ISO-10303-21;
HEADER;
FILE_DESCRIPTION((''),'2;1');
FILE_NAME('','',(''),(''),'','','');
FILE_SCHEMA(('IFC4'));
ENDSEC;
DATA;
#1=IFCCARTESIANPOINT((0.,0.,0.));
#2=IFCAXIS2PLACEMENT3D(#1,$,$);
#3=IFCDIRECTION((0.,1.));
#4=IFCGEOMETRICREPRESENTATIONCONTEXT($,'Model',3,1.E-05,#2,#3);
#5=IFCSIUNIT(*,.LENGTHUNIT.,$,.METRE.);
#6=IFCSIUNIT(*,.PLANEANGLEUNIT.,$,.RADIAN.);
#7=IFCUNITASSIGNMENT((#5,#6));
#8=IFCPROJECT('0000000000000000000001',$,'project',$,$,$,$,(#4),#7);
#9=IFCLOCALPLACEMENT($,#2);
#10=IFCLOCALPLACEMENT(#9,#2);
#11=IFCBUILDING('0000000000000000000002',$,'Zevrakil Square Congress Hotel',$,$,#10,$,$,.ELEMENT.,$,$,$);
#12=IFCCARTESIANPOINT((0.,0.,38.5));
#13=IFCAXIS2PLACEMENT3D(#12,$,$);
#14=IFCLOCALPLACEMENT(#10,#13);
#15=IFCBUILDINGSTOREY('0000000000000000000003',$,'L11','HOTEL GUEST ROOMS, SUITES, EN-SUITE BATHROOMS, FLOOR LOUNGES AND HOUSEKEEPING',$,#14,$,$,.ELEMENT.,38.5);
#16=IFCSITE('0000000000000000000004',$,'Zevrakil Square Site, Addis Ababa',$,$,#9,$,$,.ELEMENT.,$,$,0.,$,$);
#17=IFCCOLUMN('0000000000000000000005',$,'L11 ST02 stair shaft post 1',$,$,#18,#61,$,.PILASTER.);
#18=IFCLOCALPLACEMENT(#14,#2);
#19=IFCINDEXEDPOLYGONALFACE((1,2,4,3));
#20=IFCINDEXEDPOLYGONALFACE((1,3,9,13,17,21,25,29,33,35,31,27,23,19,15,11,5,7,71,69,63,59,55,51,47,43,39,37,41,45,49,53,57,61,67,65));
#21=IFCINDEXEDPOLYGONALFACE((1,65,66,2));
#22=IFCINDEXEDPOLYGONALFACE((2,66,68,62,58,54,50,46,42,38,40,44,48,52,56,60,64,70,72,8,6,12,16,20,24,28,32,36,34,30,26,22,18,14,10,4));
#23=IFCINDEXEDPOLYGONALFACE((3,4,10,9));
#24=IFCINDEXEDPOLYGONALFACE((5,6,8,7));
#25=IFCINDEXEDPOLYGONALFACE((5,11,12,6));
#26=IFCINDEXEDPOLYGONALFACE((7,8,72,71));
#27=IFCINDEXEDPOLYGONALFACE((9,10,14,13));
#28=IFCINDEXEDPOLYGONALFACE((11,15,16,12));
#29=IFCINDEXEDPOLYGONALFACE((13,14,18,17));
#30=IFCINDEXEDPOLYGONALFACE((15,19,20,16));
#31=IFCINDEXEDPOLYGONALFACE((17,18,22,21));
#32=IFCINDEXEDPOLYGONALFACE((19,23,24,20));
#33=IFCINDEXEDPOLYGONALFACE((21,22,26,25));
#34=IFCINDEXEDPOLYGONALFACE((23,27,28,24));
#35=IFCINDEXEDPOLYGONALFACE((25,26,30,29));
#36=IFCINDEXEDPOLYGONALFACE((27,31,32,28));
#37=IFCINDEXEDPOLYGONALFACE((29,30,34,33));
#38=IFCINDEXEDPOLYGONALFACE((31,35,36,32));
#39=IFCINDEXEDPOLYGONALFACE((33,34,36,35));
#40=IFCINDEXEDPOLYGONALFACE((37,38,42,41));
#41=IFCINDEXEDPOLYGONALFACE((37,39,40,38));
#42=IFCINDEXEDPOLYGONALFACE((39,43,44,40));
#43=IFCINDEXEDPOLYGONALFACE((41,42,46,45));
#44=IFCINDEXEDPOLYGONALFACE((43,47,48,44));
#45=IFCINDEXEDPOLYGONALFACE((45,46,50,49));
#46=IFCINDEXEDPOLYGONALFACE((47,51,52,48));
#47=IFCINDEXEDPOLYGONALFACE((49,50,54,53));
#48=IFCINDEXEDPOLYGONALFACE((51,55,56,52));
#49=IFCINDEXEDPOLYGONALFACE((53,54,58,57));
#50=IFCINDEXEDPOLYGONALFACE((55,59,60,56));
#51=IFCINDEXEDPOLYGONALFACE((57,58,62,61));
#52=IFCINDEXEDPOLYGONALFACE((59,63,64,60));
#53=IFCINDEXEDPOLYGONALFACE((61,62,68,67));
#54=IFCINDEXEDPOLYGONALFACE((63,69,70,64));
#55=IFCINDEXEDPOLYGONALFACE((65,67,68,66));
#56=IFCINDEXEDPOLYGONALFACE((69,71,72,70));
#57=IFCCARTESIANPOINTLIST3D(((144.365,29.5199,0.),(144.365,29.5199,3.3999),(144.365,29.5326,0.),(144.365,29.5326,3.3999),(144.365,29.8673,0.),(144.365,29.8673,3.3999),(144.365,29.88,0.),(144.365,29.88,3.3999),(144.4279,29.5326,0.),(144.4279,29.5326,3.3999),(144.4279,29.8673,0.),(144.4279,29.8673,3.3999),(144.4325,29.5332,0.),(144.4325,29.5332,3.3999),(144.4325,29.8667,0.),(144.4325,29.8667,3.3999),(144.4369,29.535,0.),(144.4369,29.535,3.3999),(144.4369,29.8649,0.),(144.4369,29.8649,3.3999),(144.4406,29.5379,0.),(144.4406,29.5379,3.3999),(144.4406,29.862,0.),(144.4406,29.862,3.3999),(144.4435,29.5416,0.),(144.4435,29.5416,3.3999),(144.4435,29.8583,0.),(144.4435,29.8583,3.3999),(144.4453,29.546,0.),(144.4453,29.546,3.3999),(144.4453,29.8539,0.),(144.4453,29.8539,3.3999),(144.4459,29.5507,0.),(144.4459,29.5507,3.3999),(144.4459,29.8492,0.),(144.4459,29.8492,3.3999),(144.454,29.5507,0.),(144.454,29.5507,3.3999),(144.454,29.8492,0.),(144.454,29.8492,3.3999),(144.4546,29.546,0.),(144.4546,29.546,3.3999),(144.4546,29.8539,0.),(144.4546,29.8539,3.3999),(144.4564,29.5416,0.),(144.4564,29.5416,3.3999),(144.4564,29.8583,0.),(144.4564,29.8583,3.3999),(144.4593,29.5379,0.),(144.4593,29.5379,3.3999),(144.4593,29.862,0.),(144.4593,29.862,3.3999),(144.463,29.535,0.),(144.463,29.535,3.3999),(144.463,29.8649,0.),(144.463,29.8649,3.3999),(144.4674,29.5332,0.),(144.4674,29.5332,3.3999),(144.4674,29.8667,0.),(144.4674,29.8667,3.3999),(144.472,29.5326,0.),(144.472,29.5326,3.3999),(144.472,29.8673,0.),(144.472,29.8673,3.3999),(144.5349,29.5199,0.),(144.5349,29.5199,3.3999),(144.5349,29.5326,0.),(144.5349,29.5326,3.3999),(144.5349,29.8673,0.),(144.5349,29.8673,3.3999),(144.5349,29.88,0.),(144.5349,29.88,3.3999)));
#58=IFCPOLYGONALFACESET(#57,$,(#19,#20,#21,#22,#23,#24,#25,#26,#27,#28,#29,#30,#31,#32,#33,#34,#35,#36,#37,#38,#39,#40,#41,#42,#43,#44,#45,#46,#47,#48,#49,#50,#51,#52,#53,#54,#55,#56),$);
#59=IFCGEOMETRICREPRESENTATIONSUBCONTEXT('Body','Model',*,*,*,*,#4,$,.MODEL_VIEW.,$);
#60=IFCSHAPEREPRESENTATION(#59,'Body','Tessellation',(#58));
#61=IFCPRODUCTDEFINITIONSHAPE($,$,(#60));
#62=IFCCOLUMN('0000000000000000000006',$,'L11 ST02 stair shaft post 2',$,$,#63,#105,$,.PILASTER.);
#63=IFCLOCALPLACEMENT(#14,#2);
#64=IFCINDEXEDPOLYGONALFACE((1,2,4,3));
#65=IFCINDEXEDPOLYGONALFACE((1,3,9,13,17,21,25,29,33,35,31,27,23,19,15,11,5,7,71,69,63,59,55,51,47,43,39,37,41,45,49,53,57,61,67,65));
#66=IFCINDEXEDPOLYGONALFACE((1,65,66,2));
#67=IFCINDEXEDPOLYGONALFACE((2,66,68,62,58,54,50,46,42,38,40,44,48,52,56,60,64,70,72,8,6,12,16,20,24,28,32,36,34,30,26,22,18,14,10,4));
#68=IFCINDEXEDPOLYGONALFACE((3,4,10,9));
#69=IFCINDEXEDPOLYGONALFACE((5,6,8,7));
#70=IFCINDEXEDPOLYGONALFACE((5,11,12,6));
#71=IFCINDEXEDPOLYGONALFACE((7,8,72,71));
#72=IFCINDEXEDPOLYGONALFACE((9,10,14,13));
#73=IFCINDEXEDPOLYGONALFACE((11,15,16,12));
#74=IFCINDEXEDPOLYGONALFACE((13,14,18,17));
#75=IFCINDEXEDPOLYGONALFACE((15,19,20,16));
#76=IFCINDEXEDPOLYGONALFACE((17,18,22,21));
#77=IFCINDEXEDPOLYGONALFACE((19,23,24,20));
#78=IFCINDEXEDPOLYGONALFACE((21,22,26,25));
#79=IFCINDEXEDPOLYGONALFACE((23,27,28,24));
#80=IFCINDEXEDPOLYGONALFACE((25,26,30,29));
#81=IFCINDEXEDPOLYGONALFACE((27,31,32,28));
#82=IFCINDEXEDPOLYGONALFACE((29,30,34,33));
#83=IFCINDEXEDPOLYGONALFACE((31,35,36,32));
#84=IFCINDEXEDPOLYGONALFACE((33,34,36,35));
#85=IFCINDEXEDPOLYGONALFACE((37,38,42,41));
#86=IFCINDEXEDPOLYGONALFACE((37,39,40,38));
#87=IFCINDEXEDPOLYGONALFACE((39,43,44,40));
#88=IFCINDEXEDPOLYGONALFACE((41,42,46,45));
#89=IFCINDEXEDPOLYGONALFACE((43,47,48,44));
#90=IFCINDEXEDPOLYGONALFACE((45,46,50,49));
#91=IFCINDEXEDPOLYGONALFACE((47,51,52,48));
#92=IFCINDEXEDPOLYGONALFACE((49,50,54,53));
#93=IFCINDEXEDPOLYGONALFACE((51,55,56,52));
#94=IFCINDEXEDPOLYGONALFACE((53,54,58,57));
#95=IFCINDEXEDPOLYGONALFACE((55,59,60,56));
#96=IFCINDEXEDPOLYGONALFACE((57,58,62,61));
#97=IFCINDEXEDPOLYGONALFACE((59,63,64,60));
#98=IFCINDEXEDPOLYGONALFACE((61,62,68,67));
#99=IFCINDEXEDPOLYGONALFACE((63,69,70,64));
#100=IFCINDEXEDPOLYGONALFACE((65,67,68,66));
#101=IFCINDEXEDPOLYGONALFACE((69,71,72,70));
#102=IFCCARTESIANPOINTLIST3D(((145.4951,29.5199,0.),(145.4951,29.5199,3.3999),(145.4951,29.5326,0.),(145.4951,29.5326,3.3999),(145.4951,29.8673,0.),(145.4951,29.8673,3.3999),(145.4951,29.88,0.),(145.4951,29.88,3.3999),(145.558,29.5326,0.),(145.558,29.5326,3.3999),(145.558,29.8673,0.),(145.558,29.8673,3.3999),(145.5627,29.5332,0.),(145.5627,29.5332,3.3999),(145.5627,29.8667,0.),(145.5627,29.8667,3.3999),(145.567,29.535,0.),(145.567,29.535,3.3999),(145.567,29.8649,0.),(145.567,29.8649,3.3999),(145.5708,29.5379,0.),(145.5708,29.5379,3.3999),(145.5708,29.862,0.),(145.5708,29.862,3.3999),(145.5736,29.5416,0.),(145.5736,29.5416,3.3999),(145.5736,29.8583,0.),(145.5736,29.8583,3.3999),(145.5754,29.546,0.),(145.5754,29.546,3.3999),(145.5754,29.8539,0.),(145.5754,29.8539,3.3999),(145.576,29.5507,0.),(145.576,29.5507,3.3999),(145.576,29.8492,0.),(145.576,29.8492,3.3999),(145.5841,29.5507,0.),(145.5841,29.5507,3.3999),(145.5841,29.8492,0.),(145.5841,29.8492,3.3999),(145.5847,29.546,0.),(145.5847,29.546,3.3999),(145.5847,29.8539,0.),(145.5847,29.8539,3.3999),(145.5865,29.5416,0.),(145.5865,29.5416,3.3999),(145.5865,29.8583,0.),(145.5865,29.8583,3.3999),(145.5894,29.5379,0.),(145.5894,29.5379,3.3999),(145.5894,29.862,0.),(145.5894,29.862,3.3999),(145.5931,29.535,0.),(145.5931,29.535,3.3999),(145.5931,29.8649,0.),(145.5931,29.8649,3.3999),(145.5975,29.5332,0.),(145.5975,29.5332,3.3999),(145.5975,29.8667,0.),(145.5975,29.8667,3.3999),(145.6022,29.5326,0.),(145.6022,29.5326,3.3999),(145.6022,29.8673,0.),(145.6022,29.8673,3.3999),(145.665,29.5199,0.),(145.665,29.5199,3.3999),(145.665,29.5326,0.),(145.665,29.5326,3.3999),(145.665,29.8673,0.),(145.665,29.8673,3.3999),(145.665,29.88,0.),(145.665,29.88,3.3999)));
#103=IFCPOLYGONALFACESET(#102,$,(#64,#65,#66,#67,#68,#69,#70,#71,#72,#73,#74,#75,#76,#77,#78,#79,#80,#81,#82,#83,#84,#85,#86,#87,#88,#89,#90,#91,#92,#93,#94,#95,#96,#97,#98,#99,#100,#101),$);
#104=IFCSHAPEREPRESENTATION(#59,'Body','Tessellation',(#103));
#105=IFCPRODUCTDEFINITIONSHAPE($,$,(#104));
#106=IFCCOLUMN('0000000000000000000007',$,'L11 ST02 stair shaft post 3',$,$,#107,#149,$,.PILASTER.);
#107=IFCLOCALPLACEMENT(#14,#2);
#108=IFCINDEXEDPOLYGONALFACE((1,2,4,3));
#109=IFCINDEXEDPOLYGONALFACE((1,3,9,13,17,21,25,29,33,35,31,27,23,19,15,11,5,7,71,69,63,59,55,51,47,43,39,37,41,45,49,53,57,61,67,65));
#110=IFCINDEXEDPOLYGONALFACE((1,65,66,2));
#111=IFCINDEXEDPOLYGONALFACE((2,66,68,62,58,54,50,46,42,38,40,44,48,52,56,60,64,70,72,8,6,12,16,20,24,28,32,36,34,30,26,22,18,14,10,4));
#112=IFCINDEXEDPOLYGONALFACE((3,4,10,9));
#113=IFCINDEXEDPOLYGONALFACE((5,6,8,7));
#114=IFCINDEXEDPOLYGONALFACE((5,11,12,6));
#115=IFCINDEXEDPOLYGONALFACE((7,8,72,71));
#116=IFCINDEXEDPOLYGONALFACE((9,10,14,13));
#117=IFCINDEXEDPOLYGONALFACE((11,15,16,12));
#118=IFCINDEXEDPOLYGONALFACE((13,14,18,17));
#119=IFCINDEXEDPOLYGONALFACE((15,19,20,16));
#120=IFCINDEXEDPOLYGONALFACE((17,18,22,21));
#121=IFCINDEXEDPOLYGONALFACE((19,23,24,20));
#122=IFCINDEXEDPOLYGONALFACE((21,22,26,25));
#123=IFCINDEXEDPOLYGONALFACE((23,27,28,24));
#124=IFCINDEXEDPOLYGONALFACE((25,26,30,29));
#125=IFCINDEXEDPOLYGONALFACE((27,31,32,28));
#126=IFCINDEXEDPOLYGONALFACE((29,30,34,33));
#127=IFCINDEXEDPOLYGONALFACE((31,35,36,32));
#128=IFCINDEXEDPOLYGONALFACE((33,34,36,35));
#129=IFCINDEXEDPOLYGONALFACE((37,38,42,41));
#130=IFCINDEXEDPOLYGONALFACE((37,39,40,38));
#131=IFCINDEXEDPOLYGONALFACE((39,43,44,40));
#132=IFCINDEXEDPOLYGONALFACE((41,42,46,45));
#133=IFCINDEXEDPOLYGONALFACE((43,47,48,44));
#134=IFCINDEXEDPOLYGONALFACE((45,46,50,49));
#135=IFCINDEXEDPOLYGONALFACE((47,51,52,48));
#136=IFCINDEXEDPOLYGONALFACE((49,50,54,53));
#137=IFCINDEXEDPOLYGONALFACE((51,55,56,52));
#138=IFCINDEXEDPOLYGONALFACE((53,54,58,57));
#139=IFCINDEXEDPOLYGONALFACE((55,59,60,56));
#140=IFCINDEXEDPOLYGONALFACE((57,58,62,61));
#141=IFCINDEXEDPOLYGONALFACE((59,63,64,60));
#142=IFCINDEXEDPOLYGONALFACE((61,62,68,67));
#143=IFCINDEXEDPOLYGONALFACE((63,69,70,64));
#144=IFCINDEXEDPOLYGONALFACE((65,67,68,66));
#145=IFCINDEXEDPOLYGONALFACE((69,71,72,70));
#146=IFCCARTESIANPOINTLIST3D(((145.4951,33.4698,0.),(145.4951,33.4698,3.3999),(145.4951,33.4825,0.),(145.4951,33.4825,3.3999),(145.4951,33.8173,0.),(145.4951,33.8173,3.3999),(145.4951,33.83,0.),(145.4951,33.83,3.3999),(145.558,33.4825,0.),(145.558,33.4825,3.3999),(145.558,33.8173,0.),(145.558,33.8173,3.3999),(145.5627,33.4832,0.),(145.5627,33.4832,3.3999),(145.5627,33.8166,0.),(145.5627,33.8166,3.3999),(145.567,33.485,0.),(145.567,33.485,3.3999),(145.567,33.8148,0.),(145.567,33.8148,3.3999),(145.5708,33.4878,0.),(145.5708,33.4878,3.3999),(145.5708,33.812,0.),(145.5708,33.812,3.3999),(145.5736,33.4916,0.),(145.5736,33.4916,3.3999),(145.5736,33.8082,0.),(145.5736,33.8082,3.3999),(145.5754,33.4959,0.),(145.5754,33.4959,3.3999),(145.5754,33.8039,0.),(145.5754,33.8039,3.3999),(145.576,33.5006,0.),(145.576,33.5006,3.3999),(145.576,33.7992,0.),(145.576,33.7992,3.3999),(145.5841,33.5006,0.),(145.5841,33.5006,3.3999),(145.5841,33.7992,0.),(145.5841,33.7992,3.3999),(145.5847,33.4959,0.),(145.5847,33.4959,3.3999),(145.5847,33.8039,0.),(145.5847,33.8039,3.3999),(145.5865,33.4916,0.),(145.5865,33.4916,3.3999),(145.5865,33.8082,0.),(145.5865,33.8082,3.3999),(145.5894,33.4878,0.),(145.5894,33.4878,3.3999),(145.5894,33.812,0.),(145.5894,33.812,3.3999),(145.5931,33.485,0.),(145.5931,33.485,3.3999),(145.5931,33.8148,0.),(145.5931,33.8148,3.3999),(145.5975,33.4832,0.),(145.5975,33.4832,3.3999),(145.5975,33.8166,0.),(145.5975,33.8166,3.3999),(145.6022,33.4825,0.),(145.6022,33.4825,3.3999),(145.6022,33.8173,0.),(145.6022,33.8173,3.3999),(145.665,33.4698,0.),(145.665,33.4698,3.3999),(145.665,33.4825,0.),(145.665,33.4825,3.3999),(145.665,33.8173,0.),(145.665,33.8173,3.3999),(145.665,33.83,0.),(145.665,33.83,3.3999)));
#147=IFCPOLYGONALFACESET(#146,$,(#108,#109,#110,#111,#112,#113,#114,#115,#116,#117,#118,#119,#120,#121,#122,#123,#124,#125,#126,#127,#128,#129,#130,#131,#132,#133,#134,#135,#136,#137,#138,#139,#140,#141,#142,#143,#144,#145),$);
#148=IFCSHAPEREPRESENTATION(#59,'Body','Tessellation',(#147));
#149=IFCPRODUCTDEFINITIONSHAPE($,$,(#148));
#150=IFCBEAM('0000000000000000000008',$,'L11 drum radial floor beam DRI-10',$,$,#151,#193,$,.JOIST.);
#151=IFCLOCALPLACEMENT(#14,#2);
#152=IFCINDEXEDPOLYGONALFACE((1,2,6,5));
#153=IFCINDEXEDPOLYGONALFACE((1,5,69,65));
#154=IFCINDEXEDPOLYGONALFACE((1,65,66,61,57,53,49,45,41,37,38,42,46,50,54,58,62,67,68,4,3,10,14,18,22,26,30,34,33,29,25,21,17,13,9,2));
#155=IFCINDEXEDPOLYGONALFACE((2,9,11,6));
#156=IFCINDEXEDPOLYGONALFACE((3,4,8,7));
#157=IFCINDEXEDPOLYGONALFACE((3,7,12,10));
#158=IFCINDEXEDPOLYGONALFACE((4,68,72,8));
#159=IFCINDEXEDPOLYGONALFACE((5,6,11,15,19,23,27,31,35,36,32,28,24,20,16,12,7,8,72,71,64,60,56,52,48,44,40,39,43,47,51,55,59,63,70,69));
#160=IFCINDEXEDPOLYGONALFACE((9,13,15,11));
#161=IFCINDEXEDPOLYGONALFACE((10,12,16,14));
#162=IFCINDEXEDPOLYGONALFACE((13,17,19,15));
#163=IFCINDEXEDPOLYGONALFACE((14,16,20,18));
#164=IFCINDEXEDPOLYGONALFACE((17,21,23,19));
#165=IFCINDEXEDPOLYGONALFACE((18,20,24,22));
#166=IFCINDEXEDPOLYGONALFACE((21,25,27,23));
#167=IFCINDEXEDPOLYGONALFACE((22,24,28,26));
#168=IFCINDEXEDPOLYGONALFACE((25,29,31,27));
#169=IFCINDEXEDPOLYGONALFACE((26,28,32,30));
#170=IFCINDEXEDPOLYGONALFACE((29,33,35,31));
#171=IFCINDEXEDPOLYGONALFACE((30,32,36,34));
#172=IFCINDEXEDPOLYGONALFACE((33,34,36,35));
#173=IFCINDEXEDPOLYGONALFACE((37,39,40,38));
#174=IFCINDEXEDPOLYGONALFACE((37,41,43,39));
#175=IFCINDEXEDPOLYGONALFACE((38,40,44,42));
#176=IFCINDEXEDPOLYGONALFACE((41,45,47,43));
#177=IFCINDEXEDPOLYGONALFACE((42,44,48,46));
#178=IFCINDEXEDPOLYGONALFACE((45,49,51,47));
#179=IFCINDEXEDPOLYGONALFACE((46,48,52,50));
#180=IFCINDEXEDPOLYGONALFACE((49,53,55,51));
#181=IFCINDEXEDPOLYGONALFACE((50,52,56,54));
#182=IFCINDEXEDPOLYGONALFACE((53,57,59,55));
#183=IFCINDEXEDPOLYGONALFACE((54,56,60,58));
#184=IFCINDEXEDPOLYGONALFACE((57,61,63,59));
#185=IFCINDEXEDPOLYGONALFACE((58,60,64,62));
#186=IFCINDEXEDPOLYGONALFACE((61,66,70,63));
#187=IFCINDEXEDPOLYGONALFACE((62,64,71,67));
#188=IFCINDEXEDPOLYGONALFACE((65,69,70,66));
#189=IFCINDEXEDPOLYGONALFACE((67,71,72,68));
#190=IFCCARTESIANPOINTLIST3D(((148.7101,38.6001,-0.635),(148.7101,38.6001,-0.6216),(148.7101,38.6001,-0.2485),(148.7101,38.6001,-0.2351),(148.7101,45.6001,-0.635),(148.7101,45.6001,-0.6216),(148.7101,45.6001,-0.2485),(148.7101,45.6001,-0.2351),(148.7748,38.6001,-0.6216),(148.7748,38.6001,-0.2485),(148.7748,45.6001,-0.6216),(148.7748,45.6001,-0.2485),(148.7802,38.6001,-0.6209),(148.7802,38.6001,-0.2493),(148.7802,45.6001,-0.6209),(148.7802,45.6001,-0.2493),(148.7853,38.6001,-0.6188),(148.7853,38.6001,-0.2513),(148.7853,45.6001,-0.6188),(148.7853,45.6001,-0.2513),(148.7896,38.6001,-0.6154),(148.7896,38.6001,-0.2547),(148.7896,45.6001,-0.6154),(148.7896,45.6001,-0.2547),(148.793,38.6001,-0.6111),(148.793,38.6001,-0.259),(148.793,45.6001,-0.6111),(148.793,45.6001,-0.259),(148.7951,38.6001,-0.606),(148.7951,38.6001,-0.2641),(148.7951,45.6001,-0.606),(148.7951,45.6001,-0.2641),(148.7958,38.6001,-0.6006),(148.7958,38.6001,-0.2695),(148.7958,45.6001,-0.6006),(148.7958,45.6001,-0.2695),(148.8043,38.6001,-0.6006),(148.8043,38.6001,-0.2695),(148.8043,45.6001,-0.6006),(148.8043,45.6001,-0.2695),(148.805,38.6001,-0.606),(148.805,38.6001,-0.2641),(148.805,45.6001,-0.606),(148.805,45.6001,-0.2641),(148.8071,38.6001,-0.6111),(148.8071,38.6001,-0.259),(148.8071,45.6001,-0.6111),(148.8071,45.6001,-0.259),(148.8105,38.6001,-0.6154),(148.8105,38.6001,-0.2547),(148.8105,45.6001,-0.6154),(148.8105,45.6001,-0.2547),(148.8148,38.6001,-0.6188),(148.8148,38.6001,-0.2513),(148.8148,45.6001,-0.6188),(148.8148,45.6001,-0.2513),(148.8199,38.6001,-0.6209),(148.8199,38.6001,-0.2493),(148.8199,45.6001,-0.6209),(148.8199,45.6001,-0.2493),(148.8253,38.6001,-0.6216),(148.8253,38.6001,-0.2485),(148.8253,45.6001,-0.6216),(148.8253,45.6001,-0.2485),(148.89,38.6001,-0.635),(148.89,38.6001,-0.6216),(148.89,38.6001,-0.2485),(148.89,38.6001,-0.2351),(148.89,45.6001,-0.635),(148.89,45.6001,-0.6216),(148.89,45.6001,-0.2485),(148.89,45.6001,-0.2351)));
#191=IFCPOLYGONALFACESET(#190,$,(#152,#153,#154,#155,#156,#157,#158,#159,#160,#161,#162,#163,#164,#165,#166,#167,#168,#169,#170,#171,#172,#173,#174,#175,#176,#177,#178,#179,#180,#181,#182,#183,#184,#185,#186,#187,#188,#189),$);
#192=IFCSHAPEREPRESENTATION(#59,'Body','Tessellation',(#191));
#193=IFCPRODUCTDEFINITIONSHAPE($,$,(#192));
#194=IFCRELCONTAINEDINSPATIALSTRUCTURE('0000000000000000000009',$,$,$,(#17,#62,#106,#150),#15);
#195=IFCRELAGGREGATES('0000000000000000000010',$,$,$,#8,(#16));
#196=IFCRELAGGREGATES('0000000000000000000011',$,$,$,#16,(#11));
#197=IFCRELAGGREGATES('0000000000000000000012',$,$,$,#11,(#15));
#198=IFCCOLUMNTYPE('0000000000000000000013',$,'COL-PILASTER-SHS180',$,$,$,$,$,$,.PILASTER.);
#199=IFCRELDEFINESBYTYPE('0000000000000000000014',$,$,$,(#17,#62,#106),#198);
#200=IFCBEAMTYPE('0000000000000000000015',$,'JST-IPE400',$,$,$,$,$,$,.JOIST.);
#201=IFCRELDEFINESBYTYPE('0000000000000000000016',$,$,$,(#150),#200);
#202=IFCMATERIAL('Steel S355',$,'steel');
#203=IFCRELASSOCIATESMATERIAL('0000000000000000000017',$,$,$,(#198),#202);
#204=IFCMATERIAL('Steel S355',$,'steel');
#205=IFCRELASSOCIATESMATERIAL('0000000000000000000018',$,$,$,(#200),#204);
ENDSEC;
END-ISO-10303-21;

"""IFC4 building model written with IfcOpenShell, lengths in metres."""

from ifc_helpers import new_model, si_unit, direction, frame, origin, origin_2d, place, context, subcontext, project, spatial, i_section, extrude, material, material_profile, profile_set, type_object, element, save


model = new_model("IFC4")

# Units and contexts
model_context = context("Model", 3, precision=1e-05, world=origin(), true_north=direction((0.0, 1.0)))
body_context = subcontext(model_context, "Body", "Model", "MODEL_VIEW")
ifc_project = project(units=[si_unit("LENGTHUNIT", "METRE"), si_unit("PLANEANGLEUNIT", "RADIAN")], contexts=[model_context])

# Site, building, storey
site_placement = place(None, origin())
site = spatial("IfcSite", under=ifc_project, at=site_placement, Name="Zevrakil Square Site, Addis Ababa", CompositionType="ELEMENT", RefElevation=0.0)
building_placement = place(site_placement, origin())
building = spatial("IfcBuilding", under=site, at=building_placement, Name="Zevrakil Square Congress Hotel", CompositionType="ELEMENT")
storey_placement = place(building_placement, frame((0.0, 0.0, 38.5)))
storey = spatial("IfcBuildingStorey", under=building, at=storey_placement, Name="L11", Description="HOTEL GUEST ROOMS, SUITES, EN-SUITE BATHROOMS, FLOOR LOUNGES AND HOUSEKEEPING", CompositionType="ELEMENT", Elevation=38.5)

# Columns
ifc_material_1 = material(Name="Steel S355", Category="steel")
ifc_material_profile_1 = material_profile(ifc_material_1, i_section(OverallWidth=0.1699, OverallDepth=0.3601, WebThickness=0.0081, FlangeThickness=0.0127, FilletRadius=0.0181, at=origin_2d()), Name="IPE 360")
ifc_profile_set_1 = profile_set([ifc_material_profile_1], Name="Steel S355")
column_type = type_object("IfcColumnType", Name="COL-PILASTER-SHS180", PredefinedType="PILASTER", material=ifc_profile_set_1)
for number, where, z_axis, x_axis, name in (
    (1, (144.45, 29.7, 0.0), (0.0, 0.0, 1.0), (1.0, 0.0, 0.0), "L11 ST02 stair shaft post 1"),
    (2, (145.5801, 29.7, 0.0), (0.0, 0.0, 1.0), (1.0, 0.0, 0.0), "L11 ST02 stair shaft post 2"),
    (3, (145.5801, 33.6499, 0.0), (0.0, 0.0, 1.0), (1.0, 0.0, 0.0), "L11 ST02 stair shaft post 3"),
):
    element("IfcColumn", number, at=place(storey_placement, frame(where, z_axis=z_axis, x_axis=x_axis)), inside=storey, type_object=column_type, Name=name, PredefinedType="PILASTER", context=body_context, shape_type="SweptSolid", body=[
        extrude(i_section(OverallWidth=0.1699, OverallDepth=0.3601, WebThickness=0.0081, FlangeThickness=0.0127, FilletRadius=0.0181, at=origin_2d()), origin(), (0.0, 0.0, 1.0), 3.3999),
    ])

# Beam
ifc_material_2 = material(Name="Steel S355", Category="steel")
ifc_material_profile_2 = material_profile(ifc_material_2, i_section(OverallWidth=0.1799, OverallDepth=0.3999, WebThickness=0.0085, FlangeThickness=0.0134, FilletRadius=0.021, at=origin_2d()), Name="IPE 400")
ifc_profile_set_2 = profile_set([ifc_material_profile_2], Name="Steel S355")
beam_type = type_object("IfcBeamType", Name="JST-IPE400", PredefinedType="JOIST", material=ifc_profile_set_2)
beam_placement = place(storey_placement, frame((148.8, 38.6001, -0.4351), z_axis=(0.0, 1.0, 0.0), x_axis=(-1.0, 0.0, 0.0)))
element("IfcBeam", 4, at=beam_placement, inside=storey, type_object=beam_type, Name="L11 drum radial floor beam DRI-10", PredefinedType="JOIST", context=body_context, shape_type="SweptSolid", body=[
    extrude(i_section(OverallWidth=0.1799, OverallDepth=0.3999, WebThickness=0.0085, FlangeThickness=0.0134, FilletRadius=0.021, at=origin_2d()), origin(), (0.0, 0.0, 1.0), 7.0),
])

save(model, "model.ifc")
